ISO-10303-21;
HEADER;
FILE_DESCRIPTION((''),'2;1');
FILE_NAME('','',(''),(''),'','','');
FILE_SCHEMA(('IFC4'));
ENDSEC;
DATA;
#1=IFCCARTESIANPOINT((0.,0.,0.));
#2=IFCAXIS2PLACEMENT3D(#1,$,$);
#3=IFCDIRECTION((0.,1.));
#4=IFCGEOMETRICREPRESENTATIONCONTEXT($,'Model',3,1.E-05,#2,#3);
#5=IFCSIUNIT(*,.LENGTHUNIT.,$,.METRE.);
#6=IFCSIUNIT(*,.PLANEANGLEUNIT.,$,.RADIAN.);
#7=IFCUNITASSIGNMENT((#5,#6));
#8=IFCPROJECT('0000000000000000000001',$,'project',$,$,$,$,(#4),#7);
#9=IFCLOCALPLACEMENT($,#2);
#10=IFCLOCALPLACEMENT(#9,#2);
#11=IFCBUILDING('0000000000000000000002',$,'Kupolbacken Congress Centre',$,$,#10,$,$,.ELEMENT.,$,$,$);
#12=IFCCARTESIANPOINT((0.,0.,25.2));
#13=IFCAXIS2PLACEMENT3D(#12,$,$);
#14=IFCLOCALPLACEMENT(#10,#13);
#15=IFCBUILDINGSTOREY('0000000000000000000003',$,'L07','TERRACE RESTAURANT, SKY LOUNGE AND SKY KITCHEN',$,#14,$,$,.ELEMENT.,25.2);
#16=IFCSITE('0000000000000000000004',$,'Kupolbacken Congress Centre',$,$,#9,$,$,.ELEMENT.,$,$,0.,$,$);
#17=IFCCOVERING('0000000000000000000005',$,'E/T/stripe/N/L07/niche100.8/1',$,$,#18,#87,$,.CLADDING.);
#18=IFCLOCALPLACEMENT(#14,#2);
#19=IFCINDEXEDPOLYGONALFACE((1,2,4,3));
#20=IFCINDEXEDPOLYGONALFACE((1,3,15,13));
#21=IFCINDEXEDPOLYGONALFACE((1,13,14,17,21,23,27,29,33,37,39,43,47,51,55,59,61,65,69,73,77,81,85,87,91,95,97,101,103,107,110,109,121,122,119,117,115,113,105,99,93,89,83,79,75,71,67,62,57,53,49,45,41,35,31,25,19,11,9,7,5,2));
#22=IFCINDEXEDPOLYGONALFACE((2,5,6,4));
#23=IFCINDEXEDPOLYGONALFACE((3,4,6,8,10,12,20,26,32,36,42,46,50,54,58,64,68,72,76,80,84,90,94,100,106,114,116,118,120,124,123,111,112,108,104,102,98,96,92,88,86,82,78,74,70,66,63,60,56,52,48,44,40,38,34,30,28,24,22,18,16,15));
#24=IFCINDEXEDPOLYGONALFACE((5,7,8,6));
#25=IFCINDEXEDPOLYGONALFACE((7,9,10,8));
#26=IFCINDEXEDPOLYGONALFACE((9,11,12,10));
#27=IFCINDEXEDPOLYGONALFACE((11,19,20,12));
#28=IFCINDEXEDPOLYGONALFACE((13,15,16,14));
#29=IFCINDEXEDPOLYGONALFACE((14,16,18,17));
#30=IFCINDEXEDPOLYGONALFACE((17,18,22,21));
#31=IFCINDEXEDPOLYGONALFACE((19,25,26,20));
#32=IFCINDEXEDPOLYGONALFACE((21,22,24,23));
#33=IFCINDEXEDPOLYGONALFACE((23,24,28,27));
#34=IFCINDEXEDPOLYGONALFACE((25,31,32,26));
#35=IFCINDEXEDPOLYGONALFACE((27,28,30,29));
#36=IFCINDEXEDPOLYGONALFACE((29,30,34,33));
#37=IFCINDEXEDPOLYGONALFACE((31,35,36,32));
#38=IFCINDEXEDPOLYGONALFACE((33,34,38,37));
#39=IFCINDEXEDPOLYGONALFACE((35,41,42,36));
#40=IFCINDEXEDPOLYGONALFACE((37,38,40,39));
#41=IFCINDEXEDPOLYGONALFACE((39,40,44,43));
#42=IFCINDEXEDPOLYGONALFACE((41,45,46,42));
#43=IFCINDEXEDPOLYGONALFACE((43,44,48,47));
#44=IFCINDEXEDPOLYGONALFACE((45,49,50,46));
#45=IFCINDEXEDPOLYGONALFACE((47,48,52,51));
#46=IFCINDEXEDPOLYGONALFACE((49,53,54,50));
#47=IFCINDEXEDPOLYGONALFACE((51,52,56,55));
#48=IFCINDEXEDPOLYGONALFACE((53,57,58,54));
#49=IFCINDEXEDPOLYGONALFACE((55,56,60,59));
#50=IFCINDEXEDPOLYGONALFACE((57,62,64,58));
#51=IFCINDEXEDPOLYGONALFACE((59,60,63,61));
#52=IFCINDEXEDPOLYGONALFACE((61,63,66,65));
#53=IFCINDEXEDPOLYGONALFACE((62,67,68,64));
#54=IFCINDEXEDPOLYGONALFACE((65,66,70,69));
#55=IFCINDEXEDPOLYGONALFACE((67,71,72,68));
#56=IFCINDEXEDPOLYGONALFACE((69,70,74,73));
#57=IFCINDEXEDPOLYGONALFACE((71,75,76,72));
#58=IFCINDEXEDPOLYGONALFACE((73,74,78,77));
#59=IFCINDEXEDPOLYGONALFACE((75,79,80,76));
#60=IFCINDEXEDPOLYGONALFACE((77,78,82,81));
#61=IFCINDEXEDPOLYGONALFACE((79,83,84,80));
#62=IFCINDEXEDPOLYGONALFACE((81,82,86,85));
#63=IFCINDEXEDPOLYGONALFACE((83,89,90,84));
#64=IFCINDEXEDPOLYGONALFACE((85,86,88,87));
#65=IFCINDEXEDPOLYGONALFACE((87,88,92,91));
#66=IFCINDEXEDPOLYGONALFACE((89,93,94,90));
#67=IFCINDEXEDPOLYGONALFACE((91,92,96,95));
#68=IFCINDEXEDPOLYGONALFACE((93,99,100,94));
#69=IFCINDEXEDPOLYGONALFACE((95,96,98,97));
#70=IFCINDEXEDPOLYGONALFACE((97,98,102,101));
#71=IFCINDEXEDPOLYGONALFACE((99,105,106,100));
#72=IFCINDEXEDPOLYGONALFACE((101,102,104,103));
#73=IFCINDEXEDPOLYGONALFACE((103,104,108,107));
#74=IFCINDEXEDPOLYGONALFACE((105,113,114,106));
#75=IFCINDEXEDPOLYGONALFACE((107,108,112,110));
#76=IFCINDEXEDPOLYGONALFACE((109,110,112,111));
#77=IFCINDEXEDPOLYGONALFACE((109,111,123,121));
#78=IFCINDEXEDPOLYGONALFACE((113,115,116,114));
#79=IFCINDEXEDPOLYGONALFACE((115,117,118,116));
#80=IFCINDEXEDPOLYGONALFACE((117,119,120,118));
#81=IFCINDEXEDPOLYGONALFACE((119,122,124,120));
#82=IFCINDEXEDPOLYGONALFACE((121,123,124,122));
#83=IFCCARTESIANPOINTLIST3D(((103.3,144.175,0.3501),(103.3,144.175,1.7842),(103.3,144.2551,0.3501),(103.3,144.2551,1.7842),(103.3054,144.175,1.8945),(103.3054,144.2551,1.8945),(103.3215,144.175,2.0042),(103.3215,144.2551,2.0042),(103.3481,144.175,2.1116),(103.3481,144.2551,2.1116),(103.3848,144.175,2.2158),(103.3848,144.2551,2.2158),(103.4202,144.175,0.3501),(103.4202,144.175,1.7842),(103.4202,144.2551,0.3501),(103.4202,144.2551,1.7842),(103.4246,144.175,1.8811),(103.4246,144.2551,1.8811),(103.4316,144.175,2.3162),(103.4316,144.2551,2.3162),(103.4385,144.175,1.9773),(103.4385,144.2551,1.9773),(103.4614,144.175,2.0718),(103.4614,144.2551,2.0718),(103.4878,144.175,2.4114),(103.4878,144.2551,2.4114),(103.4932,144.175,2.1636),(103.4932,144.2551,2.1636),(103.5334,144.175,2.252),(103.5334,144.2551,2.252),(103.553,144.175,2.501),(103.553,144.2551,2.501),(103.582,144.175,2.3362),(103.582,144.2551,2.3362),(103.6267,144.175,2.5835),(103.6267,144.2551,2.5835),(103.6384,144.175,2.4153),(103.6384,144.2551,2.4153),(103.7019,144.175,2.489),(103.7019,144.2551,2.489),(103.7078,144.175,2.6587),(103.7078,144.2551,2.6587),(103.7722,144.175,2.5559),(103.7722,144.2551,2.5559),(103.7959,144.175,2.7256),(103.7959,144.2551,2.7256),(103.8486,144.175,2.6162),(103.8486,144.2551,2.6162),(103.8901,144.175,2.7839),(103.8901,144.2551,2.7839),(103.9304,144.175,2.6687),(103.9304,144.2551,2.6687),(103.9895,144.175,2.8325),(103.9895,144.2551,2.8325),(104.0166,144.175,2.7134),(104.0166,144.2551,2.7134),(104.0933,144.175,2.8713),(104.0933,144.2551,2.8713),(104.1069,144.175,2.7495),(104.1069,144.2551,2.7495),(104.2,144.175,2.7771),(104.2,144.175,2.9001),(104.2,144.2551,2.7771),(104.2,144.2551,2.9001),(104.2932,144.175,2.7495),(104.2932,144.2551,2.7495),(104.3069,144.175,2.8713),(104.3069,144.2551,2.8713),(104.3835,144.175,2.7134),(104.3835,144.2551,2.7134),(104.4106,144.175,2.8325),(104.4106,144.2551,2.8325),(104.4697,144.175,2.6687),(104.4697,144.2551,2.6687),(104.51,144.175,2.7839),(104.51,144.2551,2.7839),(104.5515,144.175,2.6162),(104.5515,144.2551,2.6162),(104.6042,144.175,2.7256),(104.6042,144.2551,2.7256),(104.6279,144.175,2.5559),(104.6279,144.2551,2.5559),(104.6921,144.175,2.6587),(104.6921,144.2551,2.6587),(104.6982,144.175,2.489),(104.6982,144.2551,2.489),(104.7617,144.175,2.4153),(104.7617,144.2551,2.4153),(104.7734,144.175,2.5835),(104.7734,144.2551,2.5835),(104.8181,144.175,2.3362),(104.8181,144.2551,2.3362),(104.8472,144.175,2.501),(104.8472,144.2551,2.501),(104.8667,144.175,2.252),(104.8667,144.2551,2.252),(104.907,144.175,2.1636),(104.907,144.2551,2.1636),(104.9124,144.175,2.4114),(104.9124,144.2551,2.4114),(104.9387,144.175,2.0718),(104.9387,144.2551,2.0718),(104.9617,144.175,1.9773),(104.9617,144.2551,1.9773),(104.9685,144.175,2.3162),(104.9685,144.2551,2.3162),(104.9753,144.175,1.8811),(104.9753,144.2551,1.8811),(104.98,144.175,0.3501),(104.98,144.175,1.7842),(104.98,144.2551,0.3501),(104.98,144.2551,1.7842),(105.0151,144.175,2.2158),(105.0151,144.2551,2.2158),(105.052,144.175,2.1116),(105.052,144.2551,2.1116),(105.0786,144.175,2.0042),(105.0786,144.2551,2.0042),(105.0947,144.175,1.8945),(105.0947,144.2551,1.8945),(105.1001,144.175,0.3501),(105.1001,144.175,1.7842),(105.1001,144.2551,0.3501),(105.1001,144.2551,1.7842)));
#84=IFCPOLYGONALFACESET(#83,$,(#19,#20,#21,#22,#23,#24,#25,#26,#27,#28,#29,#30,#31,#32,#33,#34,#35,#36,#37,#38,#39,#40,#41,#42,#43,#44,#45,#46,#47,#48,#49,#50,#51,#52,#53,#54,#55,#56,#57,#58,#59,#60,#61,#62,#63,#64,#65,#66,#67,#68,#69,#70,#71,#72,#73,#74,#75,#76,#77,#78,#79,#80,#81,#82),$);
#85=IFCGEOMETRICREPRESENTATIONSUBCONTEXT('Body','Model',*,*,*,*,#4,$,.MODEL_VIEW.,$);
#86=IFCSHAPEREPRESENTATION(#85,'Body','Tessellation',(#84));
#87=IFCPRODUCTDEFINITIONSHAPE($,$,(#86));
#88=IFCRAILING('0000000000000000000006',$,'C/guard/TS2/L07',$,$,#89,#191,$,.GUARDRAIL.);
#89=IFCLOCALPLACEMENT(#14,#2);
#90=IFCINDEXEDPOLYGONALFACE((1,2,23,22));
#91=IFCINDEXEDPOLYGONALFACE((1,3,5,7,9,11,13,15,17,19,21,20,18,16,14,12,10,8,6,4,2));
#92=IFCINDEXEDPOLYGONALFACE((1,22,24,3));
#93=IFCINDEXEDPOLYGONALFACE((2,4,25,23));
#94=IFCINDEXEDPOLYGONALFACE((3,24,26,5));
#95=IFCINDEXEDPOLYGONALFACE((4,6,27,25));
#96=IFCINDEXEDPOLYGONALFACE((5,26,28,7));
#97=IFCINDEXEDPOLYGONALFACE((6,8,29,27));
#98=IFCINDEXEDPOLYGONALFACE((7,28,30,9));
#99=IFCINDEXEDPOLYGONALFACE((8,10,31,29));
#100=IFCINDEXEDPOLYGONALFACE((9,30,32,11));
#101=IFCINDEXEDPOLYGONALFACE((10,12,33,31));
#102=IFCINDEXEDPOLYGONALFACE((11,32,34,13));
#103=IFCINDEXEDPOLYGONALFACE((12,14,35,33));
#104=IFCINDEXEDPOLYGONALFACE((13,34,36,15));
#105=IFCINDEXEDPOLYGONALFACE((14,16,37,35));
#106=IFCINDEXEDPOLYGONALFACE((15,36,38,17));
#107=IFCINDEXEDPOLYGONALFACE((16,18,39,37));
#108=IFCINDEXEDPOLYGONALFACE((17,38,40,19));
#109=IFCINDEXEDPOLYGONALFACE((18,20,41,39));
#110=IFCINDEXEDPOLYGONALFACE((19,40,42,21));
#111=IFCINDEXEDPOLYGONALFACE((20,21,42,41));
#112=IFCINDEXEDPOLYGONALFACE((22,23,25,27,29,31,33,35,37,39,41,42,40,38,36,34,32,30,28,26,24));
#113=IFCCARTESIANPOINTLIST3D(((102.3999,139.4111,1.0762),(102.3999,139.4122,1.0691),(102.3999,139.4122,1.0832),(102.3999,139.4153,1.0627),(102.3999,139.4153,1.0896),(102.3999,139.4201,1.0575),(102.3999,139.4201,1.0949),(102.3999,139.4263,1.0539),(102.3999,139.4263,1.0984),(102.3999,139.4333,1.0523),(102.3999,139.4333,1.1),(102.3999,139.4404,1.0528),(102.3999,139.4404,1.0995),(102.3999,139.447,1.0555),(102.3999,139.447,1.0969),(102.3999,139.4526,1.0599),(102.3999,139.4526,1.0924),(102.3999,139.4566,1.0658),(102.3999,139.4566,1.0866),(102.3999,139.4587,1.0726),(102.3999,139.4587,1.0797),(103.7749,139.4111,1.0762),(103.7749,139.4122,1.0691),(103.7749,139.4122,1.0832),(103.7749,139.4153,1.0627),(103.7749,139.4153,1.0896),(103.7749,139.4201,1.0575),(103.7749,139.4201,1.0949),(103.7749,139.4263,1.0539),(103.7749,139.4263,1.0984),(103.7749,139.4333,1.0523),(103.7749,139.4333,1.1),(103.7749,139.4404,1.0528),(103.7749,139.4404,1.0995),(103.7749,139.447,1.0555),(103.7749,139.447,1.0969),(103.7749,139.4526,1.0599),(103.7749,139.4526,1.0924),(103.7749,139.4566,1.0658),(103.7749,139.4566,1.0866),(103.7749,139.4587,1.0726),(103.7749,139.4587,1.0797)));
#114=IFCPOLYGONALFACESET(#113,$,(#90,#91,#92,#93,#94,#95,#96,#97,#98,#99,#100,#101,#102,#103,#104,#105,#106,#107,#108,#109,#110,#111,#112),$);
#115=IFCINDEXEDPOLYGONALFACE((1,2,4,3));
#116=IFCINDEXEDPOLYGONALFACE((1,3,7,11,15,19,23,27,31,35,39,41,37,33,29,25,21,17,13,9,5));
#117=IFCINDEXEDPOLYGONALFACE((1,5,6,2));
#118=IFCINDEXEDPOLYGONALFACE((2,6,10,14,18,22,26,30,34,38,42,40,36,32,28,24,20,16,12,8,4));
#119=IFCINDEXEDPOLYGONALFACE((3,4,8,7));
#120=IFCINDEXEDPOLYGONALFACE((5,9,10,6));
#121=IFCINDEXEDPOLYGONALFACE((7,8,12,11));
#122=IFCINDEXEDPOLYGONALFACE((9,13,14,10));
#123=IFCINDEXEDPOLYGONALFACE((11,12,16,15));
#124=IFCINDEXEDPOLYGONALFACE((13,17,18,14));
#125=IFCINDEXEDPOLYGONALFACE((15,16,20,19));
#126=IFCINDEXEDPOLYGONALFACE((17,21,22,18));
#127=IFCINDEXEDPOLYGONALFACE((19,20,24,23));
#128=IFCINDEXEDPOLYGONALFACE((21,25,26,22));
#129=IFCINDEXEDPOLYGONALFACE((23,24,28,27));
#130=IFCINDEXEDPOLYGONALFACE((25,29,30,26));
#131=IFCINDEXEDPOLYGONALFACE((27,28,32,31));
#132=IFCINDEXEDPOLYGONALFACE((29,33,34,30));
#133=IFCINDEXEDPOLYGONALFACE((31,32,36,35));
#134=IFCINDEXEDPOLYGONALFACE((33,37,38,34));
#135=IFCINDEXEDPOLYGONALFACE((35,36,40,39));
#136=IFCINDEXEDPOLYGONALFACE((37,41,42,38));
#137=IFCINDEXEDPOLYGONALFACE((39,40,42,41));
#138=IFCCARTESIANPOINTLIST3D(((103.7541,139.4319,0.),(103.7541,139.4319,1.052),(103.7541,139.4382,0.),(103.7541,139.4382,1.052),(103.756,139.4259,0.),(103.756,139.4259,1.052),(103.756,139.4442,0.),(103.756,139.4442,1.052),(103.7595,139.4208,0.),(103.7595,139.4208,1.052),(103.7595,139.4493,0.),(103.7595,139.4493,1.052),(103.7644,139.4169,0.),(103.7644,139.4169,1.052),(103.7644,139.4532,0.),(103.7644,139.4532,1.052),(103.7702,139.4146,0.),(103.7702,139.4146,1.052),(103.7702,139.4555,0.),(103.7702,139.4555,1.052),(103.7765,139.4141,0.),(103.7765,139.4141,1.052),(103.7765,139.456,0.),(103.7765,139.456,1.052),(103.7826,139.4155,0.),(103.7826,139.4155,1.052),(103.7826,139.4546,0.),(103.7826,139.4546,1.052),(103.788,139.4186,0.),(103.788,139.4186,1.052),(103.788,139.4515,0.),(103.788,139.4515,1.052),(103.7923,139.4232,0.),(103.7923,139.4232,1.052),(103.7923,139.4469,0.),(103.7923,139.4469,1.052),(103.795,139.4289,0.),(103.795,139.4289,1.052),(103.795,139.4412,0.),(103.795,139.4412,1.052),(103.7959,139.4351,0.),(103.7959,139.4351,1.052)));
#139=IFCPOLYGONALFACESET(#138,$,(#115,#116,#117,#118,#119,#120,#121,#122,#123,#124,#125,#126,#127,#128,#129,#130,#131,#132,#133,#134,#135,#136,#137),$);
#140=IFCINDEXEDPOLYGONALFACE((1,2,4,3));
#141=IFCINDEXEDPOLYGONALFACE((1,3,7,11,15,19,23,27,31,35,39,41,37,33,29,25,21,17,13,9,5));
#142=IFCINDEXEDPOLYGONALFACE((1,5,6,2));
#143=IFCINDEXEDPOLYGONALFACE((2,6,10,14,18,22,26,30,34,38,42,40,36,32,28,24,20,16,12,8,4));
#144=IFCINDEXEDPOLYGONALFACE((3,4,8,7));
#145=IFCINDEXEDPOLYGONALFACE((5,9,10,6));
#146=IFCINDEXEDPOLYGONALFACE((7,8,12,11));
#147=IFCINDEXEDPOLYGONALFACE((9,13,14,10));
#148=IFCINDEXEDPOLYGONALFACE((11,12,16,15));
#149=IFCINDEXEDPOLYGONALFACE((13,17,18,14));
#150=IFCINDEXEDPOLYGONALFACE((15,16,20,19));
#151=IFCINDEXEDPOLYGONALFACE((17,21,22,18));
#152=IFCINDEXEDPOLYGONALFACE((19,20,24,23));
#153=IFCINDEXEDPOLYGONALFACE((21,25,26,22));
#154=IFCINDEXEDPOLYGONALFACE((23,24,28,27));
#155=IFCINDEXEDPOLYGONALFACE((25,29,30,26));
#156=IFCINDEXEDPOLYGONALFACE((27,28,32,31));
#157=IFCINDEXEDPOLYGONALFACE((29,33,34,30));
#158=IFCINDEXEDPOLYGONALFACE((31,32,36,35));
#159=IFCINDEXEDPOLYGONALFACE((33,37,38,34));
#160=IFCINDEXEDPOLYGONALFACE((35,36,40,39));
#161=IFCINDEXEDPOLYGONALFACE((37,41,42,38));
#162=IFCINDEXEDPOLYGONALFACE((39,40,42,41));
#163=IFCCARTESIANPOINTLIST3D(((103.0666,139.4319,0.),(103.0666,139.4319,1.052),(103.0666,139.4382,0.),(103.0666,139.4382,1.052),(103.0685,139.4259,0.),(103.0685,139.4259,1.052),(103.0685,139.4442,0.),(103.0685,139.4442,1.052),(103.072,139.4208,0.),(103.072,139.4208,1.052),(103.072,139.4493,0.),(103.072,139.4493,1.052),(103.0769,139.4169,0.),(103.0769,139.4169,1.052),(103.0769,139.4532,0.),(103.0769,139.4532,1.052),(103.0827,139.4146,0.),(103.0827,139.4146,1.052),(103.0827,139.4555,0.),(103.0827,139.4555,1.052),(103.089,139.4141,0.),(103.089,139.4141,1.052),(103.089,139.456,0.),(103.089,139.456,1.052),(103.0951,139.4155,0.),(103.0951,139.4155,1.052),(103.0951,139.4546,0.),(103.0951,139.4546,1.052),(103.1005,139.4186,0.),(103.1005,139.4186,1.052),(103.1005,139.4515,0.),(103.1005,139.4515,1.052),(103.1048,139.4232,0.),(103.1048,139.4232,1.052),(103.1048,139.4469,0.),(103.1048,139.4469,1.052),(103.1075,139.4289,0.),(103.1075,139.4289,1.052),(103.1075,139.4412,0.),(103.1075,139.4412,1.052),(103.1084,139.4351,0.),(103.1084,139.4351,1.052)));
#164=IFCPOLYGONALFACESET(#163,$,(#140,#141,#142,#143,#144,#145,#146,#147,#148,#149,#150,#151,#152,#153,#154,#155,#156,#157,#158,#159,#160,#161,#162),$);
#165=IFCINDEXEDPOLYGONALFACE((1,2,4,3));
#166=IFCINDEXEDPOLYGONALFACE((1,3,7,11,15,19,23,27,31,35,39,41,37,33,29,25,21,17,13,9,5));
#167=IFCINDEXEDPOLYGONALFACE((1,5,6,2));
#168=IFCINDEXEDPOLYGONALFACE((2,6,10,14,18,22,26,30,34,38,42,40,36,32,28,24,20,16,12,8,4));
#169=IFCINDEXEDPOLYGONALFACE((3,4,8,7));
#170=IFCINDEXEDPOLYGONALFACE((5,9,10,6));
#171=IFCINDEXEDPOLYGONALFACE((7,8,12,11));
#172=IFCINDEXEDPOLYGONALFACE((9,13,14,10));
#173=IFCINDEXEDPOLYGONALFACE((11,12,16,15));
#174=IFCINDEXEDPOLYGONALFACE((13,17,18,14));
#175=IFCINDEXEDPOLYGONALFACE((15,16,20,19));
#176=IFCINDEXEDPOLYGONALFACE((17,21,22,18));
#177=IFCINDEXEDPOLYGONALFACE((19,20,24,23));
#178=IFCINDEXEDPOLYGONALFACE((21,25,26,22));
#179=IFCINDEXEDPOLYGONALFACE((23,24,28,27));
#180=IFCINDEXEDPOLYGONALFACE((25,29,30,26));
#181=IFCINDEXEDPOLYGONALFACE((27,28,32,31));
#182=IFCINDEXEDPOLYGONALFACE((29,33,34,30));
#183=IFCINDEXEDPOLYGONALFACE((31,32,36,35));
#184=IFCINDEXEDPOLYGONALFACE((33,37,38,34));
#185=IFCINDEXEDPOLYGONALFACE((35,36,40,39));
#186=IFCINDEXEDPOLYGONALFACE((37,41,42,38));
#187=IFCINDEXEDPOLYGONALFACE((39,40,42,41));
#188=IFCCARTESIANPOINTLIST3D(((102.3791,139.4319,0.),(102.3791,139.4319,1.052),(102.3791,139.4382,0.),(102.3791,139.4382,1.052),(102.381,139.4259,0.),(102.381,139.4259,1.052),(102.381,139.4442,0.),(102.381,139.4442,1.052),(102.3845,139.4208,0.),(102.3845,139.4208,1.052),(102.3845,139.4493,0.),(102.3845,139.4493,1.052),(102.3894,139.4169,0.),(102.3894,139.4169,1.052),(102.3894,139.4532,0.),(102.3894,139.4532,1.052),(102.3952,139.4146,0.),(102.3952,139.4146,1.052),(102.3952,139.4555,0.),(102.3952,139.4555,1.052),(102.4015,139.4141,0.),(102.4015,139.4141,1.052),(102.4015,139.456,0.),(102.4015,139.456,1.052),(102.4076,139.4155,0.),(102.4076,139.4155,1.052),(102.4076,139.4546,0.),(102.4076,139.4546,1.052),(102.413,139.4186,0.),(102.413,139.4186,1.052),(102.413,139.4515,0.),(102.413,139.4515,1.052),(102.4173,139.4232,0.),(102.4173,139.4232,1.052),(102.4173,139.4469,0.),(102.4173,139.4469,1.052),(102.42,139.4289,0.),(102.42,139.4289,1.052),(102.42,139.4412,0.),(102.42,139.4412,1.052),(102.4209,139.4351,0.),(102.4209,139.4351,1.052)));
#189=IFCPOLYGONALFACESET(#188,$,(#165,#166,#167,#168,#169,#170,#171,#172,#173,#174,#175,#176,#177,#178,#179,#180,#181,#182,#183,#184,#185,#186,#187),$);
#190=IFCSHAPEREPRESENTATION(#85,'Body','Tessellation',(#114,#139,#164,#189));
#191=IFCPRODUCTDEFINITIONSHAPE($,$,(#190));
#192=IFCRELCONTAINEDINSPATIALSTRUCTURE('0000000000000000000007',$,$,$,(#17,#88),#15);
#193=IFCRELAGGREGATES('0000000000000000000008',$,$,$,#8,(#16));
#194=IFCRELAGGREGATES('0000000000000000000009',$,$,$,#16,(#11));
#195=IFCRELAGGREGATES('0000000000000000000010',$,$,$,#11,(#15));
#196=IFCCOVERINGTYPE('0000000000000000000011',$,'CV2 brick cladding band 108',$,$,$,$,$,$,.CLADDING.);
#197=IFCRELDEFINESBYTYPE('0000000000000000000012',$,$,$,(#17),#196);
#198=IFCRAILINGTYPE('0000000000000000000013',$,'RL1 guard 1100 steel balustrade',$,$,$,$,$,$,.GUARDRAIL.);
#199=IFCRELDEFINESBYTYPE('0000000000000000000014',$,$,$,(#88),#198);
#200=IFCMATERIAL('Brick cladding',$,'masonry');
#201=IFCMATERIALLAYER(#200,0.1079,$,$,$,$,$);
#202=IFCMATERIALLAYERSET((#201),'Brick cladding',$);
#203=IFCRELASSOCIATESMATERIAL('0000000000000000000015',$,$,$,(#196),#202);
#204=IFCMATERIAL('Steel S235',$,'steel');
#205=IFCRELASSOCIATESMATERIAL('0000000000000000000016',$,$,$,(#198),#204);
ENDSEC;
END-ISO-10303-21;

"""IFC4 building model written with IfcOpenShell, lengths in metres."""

from ifc_helpers import new_model, si_unit, direction, frame, origin, origin_2d, place, context, subcontext, project, spatial, polyline, circle, outline, extrude, material, layer, layer_set, type_object, element, save


model = new_model("IFC4")

# Units and contexts
model_context = context("Model", 3, precision=1e-05, world=origin(), true_north=direction((0.0, 1.0)))
body_context = subcontext(model_context, "Body", "Model", "MODEL_VIEW")
ifc_project = project(units=[si_unit("LENGTHUNIT", "METRE"), si_unit("PLANEANGLEUNIT", "RADIAN")], contexts=[model_context])

# Site, building, storey
site_placement = place(None, origin())
site = spatial("IfcSite", under=ifc_project, at=site_placement, Name="Kupolbacken Congress Centre", CompositionType="ELEMENT", RefElevation=0.0)
building_placement = place(site_placement, origin())
building = spatial("IfcBuilding", under=site, at=building_placement, Name="Kupolbacken Congress Centre", CompositionType="ELEMENT")
storey_placement = place(building_placement, frame((0.0, 0.0, 25.2)))
storey = spatial("IfcBuildingStorey", under=building, at=storey_placement, Name="L07", Description="TERRACE RESTAURANT, SKY LOUNGE AND SKY KITCHEN", CompositionType="ELEMENT", Elevation=25.2)

# Covering
ifc_material_1 = material(Name="Brick cladding", Category="masonry")
ifc_layer_1 = layer(ifc_material_1, 0.1079)
ifc_layer_set_1 = layer_set([ifc_layer_1], Name="Brick cladding")
covering_type = type_object("IfcCoveringType", Name="CV2 brick cladding band 108", PredefinedType="CLADDING", material=ifc_layer_set_1)
covering_1_placement = place(storey_placement, frame((103.3, 144.175, 0.3501), z_axis=(0.0, 1.0, 0.0), x_axis=(-1.0, 0.0, 0.0)))
element("IfcCovering", 1, at=covering_1_placement, inside=storey, type_object=covering_type, Name="E/T/stripe/N/L07/niche100.8/1", PredefinedType="CLADDING", context=body_context, shape_type="SweptSolid", body=[
    extrude(outline(polyline([(0.0, 0.0), (0.0, 1.4341), (-0.0054, 1.5444), (-0.0215, 1.6541), (-0.0481, 1.7615), (-0.0847, 1.8657), (-0.1316, 1.9661), (-0.1877, 2.0613), (-0.2529, 2.1509), (-0.3267, 2.2334), (-0.4077, 2.3086), (-0.4958, 2.3755), (-0.5901, 2.4338), (-0.6895, 2.4824), (-0.7932, 2.5212), (-0.8999, 2.55), (-1.0068, 2.5212), (-1.1106, 2.4824), (-1.21, 2.4338), (-1.3042, 2.3755), (-1.3921, 2.3086), (-1.4734, 2.2334), (-1.5471, 2.1509), (-1.6123, 2.0613), (-1.6685, 1.9661), (-1.7151, 1.8657), (-1.752, 1.7615), (-1.7786, 1.6541), (-1.7947, 1.5444), (-1.8, 1.4341), (-1.8, 0.0), (-1.6799, 0.0), (-1.6799, 1.4341), (-1.6753, 1.531), (-1.6616, 1.6272), (-1.6387, 1.7217), (-1.6069, 1.8135), (-1.5667, 1.9019), (-1.5181, 1.9861), (-1.4617, 2.0652), (-1.3982, 2.1389), (-1.3279, 2.2058), (-1.2515, 2.2661), (-1.1697, 2.3186), (-1.0835, 2.3633), (-0.9932, 2.3994), (-0.8999, 2.427), (-0.8069, 2.3994), (-0.7166, 2.3633), (-0.6304, 2.3186), (-0.5486, 2.2661), (-0.4722, 2.2058), (-0.4019, 2.1389), (-0.3384, 2.0652), (-0.282, 1.9861), (-0.2334, 1.9019), (-0.1931, 1.8135), (-0.1614, 1.7217), (-0.1384, 1.6272), (-0.1245, 1.531), (-0.1201, 1.4341), (-0.1201, 0.0), (0.0, 0.0)])), origin(), (0.0, 0.0, 1.0), 0.0801),
])

# Railing
ifc_material_2 = material(Name="Steel S235", Category="steel")
railing_type = type_object("IfcRailingType", Name="RL1 guard 1100 steel balustrade", PredefinedType="GUARDRAIL", material=ifc_material_2)
railing_placement = place(storey_placement, frame((103.7749, 139.4351, 0.0)))
element("IfcRailing", 2, at=railing_placement, inside=storey, type_object=railing_type, Name="C/guard/TS2/L07", PredefinedType="GUARDRAIL", context=body_context, shape_type="SweptSolid", body=[
    extrude(circle(Radius=0.0239, at=origin_2d()), frame((0.0, 0.0, 1.0762), z_axis=(-1.0, 0.0, 0.0), x_axis=(0.0, -1.0, 0.0)), (0.0, 0.0, 1.0), 1.375),
    extrude(circle(Radius=0.021, at=origin_2d()), origin(), (0.0, 0.0, 1.0), 1.052),
    extrude(circle(Radius=0.021, at=origin_2d()), frame((-0.6875, 0.0, 0.0)), (0.0, 0.0, 1.0), 1.052),
    extrude(circle(Radius=0.021, at=origin_2d()), frame((-1.375, 0.0, 0.0)), (0.0, 0.0, 1.0), 1.052),
])

save(model, "model.ifc")
